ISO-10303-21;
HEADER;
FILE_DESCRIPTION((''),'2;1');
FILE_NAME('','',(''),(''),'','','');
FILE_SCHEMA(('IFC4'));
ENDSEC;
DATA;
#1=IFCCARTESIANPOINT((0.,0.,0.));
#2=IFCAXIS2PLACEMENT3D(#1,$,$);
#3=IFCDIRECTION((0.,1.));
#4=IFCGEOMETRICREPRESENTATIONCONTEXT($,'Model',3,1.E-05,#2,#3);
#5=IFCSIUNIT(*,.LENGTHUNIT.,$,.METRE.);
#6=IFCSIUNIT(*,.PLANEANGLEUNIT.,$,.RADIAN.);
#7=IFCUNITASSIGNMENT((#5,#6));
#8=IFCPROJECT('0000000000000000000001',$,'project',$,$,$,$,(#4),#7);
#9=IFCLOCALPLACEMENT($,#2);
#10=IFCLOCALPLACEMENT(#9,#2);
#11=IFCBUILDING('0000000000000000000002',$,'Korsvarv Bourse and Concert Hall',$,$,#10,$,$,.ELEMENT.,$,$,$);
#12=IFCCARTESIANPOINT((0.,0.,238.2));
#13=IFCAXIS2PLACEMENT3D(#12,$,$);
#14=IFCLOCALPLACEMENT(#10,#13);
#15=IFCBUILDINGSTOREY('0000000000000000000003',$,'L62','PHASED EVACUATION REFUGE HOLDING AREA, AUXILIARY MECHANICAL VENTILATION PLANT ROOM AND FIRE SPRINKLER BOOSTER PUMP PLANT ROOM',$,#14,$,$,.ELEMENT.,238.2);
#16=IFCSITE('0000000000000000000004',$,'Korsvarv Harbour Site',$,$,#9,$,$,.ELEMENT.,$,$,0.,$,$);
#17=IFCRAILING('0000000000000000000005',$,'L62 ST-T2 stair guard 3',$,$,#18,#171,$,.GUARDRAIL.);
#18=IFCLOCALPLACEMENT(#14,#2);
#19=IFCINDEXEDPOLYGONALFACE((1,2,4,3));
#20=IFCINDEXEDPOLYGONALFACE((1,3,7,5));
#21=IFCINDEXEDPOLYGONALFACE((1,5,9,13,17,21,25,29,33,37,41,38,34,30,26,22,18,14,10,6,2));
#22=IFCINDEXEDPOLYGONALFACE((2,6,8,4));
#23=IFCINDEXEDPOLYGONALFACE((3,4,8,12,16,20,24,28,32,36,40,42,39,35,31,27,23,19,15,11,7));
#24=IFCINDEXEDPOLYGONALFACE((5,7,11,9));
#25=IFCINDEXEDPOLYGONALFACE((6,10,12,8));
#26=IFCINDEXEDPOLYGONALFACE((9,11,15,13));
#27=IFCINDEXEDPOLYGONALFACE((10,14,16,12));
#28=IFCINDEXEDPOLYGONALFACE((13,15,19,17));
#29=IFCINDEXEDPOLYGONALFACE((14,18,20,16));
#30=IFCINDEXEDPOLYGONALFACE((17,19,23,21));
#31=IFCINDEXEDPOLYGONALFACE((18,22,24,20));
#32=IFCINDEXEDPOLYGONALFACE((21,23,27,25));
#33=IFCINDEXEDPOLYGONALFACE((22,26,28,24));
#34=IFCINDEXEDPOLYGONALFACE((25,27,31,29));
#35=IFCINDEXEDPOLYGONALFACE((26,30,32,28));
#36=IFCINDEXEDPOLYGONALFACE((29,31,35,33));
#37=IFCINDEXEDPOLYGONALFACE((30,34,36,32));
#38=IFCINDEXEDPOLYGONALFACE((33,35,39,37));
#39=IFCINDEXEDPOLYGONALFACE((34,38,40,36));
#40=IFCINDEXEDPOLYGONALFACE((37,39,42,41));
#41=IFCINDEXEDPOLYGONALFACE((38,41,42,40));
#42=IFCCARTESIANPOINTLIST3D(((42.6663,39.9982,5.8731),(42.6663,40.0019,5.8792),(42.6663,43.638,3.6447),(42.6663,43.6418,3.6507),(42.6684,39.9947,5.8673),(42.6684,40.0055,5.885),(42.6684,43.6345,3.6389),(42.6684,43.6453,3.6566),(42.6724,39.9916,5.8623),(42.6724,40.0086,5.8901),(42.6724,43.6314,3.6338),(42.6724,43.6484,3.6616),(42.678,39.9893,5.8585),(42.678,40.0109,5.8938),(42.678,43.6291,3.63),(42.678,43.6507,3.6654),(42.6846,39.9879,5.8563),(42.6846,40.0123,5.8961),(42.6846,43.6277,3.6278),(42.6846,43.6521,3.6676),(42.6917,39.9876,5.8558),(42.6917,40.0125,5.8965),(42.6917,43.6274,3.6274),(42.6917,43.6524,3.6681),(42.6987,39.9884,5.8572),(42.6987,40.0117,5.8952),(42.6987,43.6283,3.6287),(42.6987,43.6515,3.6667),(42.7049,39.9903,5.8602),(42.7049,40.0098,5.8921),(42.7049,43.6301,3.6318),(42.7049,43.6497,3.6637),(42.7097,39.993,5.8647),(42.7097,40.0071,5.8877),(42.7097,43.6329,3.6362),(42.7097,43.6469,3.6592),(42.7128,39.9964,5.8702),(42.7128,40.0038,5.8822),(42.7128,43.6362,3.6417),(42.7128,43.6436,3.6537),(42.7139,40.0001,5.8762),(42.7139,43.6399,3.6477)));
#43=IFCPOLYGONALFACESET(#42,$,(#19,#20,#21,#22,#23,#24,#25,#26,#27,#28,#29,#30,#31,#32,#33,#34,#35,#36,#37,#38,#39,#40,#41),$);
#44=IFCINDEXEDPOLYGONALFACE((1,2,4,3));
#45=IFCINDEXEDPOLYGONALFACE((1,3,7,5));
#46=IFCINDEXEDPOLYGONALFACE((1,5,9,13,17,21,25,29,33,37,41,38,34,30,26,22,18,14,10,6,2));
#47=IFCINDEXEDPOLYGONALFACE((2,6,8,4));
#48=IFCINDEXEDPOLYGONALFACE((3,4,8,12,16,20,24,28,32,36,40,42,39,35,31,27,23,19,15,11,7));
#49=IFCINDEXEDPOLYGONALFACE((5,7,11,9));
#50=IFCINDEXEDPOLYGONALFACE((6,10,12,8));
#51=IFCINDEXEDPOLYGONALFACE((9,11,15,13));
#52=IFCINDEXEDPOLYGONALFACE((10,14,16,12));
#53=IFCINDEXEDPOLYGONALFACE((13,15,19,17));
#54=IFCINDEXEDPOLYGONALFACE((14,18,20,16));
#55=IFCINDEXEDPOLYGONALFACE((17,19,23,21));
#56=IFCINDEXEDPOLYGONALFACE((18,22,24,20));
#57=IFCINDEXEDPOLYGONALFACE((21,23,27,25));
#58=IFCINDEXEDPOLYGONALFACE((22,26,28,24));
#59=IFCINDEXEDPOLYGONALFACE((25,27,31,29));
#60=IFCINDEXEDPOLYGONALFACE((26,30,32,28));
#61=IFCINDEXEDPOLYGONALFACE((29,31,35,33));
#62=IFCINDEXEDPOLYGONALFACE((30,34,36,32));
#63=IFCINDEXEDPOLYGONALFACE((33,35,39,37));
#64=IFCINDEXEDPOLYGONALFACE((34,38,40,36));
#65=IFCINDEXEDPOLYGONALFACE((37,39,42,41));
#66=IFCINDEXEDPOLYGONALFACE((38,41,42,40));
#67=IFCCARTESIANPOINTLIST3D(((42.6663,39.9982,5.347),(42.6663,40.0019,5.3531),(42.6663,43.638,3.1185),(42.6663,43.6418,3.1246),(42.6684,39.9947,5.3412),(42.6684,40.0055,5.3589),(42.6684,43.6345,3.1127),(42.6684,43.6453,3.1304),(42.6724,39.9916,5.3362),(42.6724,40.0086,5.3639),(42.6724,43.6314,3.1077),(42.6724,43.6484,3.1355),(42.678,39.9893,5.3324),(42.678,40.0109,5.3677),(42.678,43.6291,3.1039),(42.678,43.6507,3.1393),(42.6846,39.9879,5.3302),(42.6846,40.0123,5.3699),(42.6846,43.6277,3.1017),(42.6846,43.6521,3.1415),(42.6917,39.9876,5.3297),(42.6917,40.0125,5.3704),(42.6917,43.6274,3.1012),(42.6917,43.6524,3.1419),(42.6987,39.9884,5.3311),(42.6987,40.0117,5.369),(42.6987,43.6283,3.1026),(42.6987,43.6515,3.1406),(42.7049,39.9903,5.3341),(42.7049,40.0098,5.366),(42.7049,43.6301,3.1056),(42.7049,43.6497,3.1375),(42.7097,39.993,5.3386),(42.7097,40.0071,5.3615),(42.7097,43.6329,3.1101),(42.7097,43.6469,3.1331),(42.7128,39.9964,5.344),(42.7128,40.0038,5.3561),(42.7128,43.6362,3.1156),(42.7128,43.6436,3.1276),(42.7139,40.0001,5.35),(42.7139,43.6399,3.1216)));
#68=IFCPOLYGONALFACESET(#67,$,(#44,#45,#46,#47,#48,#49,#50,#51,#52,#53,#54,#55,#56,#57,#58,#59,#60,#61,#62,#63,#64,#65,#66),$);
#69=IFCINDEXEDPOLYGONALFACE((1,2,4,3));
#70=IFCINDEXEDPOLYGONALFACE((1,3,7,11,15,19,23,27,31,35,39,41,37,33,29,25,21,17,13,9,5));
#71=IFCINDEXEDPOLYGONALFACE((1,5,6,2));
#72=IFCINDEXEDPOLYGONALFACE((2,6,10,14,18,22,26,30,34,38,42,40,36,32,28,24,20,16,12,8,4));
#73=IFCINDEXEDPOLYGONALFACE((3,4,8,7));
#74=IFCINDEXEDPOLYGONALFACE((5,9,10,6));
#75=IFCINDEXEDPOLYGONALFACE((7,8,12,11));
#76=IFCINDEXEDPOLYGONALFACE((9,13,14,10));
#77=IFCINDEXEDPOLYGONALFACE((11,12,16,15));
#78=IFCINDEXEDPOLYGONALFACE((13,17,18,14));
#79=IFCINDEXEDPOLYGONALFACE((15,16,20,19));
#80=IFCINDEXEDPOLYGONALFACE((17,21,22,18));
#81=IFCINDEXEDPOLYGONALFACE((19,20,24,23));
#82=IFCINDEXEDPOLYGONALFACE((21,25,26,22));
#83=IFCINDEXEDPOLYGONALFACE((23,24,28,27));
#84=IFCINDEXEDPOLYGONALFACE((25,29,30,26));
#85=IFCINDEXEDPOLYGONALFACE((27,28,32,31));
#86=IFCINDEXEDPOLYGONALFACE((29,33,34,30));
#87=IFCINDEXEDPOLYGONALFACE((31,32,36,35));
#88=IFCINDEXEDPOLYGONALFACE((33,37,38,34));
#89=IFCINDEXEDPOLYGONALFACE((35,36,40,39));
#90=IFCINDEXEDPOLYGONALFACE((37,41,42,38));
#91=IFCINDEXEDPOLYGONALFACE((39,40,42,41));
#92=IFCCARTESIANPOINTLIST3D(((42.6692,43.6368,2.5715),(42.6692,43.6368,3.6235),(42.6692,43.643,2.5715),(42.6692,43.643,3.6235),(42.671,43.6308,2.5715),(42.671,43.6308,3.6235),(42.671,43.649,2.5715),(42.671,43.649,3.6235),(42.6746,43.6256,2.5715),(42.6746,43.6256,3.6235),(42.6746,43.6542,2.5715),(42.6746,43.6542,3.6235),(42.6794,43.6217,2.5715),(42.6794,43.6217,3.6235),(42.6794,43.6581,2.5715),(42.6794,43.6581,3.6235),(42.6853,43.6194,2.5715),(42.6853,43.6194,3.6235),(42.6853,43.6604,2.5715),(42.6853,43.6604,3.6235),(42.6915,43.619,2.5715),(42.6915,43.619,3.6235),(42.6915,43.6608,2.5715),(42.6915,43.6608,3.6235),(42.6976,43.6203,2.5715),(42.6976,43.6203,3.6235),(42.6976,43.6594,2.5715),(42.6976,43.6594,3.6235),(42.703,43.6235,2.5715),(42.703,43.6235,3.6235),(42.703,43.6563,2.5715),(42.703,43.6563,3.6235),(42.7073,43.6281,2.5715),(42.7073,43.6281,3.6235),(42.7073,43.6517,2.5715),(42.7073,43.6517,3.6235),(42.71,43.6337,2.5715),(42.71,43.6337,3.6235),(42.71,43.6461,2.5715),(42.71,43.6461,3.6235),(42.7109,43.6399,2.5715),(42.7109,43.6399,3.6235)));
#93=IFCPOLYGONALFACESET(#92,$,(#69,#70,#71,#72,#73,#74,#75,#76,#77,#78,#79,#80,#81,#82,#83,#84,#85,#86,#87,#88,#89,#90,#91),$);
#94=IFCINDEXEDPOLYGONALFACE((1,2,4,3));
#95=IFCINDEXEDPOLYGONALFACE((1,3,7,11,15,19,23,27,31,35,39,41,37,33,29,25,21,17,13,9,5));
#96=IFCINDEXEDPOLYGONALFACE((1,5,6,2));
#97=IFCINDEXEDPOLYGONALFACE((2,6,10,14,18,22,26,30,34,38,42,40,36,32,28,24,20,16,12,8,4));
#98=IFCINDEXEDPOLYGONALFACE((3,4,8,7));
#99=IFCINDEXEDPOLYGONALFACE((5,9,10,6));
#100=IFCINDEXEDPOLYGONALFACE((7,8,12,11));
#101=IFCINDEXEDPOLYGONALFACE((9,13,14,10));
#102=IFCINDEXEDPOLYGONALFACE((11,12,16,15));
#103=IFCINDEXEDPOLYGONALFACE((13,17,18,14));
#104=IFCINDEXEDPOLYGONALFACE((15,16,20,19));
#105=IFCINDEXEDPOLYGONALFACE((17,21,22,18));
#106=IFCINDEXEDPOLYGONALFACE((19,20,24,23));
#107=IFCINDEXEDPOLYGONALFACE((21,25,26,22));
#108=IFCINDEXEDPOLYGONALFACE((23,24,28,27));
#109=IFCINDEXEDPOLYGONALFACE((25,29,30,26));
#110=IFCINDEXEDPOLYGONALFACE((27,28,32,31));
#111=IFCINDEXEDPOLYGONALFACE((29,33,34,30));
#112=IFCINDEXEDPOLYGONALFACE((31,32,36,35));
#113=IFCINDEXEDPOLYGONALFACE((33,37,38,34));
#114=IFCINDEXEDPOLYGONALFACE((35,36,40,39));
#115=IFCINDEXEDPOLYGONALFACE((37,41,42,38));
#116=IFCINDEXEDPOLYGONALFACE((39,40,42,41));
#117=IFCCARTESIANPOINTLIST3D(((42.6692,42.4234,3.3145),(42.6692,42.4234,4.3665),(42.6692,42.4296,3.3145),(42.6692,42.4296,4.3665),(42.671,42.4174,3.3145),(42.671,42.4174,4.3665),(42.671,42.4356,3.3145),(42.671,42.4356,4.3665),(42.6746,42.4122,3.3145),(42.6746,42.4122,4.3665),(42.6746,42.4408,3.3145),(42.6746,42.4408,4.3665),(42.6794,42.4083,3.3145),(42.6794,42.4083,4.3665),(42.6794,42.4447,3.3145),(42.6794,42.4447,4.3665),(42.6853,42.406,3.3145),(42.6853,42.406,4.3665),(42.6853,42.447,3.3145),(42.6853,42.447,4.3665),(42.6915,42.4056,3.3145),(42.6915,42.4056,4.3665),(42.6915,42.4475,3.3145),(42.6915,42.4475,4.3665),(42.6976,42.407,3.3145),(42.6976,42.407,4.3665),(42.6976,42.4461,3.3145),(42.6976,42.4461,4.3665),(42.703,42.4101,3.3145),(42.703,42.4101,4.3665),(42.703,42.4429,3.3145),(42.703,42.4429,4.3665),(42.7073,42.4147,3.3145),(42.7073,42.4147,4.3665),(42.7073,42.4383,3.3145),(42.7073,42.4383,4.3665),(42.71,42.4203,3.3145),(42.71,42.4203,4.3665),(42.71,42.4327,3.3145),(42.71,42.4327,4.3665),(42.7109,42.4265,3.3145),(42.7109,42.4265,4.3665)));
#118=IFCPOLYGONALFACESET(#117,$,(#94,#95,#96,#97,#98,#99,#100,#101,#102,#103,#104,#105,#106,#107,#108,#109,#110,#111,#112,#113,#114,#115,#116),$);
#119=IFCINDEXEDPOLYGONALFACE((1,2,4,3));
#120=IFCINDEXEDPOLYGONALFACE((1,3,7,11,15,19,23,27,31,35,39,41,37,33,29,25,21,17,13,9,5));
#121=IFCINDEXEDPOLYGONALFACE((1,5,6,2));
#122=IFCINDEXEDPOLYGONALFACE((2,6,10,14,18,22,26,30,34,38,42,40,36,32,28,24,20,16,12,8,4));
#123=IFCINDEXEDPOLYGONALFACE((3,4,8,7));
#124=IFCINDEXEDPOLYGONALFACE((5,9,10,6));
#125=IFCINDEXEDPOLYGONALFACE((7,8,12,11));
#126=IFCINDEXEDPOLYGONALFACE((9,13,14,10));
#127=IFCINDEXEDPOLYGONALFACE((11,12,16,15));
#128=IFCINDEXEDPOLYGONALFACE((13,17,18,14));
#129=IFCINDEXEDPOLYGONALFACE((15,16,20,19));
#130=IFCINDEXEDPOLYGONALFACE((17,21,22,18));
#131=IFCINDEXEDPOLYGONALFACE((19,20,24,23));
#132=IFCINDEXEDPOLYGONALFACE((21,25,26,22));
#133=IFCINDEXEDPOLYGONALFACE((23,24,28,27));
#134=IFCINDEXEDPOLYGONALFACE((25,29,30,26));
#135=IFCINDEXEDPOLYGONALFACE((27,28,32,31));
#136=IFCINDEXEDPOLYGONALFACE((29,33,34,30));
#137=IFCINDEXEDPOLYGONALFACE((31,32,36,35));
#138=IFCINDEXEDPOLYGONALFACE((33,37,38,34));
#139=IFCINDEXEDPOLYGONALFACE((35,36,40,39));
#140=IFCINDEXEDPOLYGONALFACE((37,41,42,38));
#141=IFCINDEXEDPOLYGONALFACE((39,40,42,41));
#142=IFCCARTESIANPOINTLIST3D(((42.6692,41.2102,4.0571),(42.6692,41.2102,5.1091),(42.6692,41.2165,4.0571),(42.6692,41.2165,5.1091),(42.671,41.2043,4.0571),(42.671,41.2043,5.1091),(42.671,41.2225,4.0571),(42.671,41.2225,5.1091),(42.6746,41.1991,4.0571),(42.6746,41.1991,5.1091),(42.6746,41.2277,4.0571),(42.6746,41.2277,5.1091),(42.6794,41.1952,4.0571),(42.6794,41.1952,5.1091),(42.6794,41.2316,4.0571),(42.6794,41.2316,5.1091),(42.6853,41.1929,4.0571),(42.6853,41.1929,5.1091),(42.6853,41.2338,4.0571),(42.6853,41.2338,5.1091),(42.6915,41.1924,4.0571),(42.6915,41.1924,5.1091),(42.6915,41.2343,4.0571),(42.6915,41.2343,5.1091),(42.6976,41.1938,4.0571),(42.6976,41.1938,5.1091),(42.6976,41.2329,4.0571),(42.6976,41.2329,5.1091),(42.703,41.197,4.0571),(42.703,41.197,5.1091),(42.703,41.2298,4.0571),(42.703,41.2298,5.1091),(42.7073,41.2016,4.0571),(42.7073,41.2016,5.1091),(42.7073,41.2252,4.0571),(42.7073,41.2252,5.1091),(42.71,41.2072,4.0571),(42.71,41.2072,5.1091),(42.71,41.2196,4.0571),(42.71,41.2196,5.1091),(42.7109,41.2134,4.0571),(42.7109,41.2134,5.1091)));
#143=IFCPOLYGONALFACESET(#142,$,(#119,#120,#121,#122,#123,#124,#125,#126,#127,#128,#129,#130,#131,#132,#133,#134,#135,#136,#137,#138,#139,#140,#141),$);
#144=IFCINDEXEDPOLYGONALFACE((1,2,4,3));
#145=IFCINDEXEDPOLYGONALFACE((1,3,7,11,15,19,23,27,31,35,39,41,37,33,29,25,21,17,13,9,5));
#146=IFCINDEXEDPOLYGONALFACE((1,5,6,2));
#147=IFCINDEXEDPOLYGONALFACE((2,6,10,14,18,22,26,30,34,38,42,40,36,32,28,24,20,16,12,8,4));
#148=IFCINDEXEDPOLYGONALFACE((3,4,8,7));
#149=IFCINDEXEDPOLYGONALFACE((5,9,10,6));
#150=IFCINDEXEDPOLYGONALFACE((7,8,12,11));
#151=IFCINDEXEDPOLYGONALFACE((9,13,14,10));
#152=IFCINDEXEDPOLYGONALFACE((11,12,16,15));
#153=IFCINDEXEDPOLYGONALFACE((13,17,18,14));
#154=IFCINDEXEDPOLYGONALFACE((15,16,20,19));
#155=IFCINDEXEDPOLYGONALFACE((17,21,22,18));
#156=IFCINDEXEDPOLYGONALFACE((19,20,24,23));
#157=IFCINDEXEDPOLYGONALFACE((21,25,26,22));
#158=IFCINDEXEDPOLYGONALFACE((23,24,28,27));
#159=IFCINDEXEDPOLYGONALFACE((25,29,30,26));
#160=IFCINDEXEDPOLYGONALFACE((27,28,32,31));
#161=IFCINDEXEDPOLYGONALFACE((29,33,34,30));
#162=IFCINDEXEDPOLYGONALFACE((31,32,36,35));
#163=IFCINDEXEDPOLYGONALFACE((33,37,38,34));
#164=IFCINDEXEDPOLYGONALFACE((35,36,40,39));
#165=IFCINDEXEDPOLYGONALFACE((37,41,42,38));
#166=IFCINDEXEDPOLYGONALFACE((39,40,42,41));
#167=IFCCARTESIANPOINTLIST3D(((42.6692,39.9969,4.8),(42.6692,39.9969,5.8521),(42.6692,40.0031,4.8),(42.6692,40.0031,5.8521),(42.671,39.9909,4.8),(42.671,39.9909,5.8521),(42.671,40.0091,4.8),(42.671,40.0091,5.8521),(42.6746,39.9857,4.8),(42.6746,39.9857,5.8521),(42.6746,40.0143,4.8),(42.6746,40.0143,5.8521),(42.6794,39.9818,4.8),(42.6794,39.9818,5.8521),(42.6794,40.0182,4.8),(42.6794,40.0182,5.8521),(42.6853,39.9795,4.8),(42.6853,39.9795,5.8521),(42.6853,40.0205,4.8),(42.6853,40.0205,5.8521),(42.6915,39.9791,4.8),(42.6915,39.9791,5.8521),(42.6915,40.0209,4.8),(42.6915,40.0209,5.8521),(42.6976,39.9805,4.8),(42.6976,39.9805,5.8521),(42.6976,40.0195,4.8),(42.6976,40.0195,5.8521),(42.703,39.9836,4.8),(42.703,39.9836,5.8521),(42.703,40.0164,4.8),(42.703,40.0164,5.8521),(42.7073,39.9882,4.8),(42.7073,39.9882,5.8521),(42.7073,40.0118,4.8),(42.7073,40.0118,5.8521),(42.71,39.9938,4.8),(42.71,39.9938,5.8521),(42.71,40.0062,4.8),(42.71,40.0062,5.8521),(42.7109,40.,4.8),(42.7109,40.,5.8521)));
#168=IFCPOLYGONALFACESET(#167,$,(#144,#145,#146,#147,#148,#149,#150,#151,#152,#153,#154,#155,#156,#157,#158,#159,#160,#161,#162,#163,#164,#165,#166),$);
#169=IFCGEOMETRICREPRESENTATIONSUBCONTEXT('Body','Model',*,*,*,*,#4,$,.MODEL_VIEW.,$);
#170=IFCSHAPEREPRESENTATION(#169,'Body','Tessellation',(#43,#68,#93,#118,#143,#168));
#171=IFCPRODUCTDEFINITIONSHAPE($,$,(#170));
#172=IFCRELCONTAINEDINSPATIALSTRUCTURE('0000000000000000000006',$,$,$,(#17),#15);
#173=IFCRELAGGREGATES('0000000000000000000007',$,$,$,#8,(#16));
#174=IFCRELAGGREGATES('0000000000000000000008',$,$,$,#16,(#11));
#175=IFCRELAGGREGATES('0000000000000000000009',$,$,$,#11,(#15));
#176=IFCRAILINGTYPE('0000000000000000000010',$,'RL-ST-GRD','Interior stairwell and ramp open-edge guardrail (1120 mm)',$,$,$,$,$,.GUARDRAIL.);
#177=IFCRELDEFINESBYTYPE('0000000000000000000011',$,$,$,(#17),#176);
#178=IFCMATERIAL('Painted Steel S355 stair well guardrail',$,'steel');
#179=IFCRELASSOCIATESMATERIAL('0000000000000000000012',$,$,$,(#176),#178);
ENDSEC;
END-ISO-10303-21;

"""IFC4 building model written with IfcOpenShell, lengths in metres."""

from ifc_helpers import new_model, si_unit, direction, frame, origin, origin_2d, place, context, subcontext, project, spatial, circle, extrude, material, type_object, element, save


model = new_model("IFC4")

# Units and contexts
model_context = context("Model", 3, precision=1e-05, world=origin(), true_north=direction((0.0, 1.0)))
body_context = subcontext(model_context, "Body", "Model", "MODEL_VIEW")
ifc_project = project(units=[si_unit("LENGTHUNIT", "METRE"), si_unit("PLANEANGLEUNIT", "RADIAN")], contexts=[model_context])

# Site, building, storey
site_placement = place(None, origin())
site = spatial("IfcSite", under=ifc_project, at=site_placement, Name="Korsvarv Harbour Site", CompositionType="ELEMENT", RefElevation=0.0)
building_placement = place(site_placement, origin())
building = spatial("IfcBuilding", under=site, at=building_placement, Name="Korsvarv Bourse and Concert Hall", CompositionType="ELEMENT")
storey_placement = place(building_placement, frame((0.0, 0.0, 238.2)))
storey = spatial("IfcBuildingStorey", under=building, at=storey_placement, Name="L62", Description="PHASED EVACUATION REFUGE HOLDING AREA, AUXILIARY MECHANICAL VENTILATION PLANT ROOM AND FIRE SPRINKLER BOOSTER PUMP PLANT ROOM", CompositionType="ELEMENT", Elevation=238.2)

# Railing
ifc_material_1 = material(Name="Painted Steel S355 stair well guardrail", Category="steel")
railing_type_1 = type_object("IfcRailingType", Name="RL-ST-GRD", Description="Interior stairwell and ramp open-edge guardrail (1120 mm)", PredefinedType="GUARDRAIL", material=ifc_material_1)
railing_1_placement = place(storey_placement, frame((42.6899, 43.6399, 2.5715)))
element("IfcRailing", 1, at=railing_1_placement, inside=storey, type_object=railing_type_1, Name="L62 ST-T2 stair guard 3", PredefinedType="GUARDRAIL", context=body_context, shape_type="SweptSolid", body=[
    extrude(circle(Radius=0.0239, at=origin_2d()), frame((0.0, 0.0, 1.0762), z_axis=(0.0, -0.85285, 0.522156), x_axis=(1.0, 0.0, 0.0)), (0.0, 0.0, 1.0), 4.2678),
    extrude(circle(Radius=0.0239, at=origin_2d()), frame((0.0, 0.0, 0.55), z_axis=(0.0, -0.85285, 0.522156), x_axis=(1.0, 0.0, 0.0)), (0.0, 0.0, 1.0), 4.2678),
    extrude(circle(Radius=0.021, at=origin_2d()), origin(), (0.0, 0.0, 1.0), 1.052),
    extrude(circle(Radius=0.021, at=origin_2d()), frame((0.0, -1.2134, 0.7429)), (0.0, 0.0, 1.0), 1.052),
    extrude(circle(Radius=0.021, at=origin_2d()), frame((0.0, -2.4265, 1.4856)), (0.0, 0.0, 1.0), 1.052),
    extrude(circle(Radius=0.021, at=origin_2d()), frame((0.0, -3.6399, 2.2285)), (0.0, 0.0, 1.0), 1.052),
])

save(model, "model.ifc")
